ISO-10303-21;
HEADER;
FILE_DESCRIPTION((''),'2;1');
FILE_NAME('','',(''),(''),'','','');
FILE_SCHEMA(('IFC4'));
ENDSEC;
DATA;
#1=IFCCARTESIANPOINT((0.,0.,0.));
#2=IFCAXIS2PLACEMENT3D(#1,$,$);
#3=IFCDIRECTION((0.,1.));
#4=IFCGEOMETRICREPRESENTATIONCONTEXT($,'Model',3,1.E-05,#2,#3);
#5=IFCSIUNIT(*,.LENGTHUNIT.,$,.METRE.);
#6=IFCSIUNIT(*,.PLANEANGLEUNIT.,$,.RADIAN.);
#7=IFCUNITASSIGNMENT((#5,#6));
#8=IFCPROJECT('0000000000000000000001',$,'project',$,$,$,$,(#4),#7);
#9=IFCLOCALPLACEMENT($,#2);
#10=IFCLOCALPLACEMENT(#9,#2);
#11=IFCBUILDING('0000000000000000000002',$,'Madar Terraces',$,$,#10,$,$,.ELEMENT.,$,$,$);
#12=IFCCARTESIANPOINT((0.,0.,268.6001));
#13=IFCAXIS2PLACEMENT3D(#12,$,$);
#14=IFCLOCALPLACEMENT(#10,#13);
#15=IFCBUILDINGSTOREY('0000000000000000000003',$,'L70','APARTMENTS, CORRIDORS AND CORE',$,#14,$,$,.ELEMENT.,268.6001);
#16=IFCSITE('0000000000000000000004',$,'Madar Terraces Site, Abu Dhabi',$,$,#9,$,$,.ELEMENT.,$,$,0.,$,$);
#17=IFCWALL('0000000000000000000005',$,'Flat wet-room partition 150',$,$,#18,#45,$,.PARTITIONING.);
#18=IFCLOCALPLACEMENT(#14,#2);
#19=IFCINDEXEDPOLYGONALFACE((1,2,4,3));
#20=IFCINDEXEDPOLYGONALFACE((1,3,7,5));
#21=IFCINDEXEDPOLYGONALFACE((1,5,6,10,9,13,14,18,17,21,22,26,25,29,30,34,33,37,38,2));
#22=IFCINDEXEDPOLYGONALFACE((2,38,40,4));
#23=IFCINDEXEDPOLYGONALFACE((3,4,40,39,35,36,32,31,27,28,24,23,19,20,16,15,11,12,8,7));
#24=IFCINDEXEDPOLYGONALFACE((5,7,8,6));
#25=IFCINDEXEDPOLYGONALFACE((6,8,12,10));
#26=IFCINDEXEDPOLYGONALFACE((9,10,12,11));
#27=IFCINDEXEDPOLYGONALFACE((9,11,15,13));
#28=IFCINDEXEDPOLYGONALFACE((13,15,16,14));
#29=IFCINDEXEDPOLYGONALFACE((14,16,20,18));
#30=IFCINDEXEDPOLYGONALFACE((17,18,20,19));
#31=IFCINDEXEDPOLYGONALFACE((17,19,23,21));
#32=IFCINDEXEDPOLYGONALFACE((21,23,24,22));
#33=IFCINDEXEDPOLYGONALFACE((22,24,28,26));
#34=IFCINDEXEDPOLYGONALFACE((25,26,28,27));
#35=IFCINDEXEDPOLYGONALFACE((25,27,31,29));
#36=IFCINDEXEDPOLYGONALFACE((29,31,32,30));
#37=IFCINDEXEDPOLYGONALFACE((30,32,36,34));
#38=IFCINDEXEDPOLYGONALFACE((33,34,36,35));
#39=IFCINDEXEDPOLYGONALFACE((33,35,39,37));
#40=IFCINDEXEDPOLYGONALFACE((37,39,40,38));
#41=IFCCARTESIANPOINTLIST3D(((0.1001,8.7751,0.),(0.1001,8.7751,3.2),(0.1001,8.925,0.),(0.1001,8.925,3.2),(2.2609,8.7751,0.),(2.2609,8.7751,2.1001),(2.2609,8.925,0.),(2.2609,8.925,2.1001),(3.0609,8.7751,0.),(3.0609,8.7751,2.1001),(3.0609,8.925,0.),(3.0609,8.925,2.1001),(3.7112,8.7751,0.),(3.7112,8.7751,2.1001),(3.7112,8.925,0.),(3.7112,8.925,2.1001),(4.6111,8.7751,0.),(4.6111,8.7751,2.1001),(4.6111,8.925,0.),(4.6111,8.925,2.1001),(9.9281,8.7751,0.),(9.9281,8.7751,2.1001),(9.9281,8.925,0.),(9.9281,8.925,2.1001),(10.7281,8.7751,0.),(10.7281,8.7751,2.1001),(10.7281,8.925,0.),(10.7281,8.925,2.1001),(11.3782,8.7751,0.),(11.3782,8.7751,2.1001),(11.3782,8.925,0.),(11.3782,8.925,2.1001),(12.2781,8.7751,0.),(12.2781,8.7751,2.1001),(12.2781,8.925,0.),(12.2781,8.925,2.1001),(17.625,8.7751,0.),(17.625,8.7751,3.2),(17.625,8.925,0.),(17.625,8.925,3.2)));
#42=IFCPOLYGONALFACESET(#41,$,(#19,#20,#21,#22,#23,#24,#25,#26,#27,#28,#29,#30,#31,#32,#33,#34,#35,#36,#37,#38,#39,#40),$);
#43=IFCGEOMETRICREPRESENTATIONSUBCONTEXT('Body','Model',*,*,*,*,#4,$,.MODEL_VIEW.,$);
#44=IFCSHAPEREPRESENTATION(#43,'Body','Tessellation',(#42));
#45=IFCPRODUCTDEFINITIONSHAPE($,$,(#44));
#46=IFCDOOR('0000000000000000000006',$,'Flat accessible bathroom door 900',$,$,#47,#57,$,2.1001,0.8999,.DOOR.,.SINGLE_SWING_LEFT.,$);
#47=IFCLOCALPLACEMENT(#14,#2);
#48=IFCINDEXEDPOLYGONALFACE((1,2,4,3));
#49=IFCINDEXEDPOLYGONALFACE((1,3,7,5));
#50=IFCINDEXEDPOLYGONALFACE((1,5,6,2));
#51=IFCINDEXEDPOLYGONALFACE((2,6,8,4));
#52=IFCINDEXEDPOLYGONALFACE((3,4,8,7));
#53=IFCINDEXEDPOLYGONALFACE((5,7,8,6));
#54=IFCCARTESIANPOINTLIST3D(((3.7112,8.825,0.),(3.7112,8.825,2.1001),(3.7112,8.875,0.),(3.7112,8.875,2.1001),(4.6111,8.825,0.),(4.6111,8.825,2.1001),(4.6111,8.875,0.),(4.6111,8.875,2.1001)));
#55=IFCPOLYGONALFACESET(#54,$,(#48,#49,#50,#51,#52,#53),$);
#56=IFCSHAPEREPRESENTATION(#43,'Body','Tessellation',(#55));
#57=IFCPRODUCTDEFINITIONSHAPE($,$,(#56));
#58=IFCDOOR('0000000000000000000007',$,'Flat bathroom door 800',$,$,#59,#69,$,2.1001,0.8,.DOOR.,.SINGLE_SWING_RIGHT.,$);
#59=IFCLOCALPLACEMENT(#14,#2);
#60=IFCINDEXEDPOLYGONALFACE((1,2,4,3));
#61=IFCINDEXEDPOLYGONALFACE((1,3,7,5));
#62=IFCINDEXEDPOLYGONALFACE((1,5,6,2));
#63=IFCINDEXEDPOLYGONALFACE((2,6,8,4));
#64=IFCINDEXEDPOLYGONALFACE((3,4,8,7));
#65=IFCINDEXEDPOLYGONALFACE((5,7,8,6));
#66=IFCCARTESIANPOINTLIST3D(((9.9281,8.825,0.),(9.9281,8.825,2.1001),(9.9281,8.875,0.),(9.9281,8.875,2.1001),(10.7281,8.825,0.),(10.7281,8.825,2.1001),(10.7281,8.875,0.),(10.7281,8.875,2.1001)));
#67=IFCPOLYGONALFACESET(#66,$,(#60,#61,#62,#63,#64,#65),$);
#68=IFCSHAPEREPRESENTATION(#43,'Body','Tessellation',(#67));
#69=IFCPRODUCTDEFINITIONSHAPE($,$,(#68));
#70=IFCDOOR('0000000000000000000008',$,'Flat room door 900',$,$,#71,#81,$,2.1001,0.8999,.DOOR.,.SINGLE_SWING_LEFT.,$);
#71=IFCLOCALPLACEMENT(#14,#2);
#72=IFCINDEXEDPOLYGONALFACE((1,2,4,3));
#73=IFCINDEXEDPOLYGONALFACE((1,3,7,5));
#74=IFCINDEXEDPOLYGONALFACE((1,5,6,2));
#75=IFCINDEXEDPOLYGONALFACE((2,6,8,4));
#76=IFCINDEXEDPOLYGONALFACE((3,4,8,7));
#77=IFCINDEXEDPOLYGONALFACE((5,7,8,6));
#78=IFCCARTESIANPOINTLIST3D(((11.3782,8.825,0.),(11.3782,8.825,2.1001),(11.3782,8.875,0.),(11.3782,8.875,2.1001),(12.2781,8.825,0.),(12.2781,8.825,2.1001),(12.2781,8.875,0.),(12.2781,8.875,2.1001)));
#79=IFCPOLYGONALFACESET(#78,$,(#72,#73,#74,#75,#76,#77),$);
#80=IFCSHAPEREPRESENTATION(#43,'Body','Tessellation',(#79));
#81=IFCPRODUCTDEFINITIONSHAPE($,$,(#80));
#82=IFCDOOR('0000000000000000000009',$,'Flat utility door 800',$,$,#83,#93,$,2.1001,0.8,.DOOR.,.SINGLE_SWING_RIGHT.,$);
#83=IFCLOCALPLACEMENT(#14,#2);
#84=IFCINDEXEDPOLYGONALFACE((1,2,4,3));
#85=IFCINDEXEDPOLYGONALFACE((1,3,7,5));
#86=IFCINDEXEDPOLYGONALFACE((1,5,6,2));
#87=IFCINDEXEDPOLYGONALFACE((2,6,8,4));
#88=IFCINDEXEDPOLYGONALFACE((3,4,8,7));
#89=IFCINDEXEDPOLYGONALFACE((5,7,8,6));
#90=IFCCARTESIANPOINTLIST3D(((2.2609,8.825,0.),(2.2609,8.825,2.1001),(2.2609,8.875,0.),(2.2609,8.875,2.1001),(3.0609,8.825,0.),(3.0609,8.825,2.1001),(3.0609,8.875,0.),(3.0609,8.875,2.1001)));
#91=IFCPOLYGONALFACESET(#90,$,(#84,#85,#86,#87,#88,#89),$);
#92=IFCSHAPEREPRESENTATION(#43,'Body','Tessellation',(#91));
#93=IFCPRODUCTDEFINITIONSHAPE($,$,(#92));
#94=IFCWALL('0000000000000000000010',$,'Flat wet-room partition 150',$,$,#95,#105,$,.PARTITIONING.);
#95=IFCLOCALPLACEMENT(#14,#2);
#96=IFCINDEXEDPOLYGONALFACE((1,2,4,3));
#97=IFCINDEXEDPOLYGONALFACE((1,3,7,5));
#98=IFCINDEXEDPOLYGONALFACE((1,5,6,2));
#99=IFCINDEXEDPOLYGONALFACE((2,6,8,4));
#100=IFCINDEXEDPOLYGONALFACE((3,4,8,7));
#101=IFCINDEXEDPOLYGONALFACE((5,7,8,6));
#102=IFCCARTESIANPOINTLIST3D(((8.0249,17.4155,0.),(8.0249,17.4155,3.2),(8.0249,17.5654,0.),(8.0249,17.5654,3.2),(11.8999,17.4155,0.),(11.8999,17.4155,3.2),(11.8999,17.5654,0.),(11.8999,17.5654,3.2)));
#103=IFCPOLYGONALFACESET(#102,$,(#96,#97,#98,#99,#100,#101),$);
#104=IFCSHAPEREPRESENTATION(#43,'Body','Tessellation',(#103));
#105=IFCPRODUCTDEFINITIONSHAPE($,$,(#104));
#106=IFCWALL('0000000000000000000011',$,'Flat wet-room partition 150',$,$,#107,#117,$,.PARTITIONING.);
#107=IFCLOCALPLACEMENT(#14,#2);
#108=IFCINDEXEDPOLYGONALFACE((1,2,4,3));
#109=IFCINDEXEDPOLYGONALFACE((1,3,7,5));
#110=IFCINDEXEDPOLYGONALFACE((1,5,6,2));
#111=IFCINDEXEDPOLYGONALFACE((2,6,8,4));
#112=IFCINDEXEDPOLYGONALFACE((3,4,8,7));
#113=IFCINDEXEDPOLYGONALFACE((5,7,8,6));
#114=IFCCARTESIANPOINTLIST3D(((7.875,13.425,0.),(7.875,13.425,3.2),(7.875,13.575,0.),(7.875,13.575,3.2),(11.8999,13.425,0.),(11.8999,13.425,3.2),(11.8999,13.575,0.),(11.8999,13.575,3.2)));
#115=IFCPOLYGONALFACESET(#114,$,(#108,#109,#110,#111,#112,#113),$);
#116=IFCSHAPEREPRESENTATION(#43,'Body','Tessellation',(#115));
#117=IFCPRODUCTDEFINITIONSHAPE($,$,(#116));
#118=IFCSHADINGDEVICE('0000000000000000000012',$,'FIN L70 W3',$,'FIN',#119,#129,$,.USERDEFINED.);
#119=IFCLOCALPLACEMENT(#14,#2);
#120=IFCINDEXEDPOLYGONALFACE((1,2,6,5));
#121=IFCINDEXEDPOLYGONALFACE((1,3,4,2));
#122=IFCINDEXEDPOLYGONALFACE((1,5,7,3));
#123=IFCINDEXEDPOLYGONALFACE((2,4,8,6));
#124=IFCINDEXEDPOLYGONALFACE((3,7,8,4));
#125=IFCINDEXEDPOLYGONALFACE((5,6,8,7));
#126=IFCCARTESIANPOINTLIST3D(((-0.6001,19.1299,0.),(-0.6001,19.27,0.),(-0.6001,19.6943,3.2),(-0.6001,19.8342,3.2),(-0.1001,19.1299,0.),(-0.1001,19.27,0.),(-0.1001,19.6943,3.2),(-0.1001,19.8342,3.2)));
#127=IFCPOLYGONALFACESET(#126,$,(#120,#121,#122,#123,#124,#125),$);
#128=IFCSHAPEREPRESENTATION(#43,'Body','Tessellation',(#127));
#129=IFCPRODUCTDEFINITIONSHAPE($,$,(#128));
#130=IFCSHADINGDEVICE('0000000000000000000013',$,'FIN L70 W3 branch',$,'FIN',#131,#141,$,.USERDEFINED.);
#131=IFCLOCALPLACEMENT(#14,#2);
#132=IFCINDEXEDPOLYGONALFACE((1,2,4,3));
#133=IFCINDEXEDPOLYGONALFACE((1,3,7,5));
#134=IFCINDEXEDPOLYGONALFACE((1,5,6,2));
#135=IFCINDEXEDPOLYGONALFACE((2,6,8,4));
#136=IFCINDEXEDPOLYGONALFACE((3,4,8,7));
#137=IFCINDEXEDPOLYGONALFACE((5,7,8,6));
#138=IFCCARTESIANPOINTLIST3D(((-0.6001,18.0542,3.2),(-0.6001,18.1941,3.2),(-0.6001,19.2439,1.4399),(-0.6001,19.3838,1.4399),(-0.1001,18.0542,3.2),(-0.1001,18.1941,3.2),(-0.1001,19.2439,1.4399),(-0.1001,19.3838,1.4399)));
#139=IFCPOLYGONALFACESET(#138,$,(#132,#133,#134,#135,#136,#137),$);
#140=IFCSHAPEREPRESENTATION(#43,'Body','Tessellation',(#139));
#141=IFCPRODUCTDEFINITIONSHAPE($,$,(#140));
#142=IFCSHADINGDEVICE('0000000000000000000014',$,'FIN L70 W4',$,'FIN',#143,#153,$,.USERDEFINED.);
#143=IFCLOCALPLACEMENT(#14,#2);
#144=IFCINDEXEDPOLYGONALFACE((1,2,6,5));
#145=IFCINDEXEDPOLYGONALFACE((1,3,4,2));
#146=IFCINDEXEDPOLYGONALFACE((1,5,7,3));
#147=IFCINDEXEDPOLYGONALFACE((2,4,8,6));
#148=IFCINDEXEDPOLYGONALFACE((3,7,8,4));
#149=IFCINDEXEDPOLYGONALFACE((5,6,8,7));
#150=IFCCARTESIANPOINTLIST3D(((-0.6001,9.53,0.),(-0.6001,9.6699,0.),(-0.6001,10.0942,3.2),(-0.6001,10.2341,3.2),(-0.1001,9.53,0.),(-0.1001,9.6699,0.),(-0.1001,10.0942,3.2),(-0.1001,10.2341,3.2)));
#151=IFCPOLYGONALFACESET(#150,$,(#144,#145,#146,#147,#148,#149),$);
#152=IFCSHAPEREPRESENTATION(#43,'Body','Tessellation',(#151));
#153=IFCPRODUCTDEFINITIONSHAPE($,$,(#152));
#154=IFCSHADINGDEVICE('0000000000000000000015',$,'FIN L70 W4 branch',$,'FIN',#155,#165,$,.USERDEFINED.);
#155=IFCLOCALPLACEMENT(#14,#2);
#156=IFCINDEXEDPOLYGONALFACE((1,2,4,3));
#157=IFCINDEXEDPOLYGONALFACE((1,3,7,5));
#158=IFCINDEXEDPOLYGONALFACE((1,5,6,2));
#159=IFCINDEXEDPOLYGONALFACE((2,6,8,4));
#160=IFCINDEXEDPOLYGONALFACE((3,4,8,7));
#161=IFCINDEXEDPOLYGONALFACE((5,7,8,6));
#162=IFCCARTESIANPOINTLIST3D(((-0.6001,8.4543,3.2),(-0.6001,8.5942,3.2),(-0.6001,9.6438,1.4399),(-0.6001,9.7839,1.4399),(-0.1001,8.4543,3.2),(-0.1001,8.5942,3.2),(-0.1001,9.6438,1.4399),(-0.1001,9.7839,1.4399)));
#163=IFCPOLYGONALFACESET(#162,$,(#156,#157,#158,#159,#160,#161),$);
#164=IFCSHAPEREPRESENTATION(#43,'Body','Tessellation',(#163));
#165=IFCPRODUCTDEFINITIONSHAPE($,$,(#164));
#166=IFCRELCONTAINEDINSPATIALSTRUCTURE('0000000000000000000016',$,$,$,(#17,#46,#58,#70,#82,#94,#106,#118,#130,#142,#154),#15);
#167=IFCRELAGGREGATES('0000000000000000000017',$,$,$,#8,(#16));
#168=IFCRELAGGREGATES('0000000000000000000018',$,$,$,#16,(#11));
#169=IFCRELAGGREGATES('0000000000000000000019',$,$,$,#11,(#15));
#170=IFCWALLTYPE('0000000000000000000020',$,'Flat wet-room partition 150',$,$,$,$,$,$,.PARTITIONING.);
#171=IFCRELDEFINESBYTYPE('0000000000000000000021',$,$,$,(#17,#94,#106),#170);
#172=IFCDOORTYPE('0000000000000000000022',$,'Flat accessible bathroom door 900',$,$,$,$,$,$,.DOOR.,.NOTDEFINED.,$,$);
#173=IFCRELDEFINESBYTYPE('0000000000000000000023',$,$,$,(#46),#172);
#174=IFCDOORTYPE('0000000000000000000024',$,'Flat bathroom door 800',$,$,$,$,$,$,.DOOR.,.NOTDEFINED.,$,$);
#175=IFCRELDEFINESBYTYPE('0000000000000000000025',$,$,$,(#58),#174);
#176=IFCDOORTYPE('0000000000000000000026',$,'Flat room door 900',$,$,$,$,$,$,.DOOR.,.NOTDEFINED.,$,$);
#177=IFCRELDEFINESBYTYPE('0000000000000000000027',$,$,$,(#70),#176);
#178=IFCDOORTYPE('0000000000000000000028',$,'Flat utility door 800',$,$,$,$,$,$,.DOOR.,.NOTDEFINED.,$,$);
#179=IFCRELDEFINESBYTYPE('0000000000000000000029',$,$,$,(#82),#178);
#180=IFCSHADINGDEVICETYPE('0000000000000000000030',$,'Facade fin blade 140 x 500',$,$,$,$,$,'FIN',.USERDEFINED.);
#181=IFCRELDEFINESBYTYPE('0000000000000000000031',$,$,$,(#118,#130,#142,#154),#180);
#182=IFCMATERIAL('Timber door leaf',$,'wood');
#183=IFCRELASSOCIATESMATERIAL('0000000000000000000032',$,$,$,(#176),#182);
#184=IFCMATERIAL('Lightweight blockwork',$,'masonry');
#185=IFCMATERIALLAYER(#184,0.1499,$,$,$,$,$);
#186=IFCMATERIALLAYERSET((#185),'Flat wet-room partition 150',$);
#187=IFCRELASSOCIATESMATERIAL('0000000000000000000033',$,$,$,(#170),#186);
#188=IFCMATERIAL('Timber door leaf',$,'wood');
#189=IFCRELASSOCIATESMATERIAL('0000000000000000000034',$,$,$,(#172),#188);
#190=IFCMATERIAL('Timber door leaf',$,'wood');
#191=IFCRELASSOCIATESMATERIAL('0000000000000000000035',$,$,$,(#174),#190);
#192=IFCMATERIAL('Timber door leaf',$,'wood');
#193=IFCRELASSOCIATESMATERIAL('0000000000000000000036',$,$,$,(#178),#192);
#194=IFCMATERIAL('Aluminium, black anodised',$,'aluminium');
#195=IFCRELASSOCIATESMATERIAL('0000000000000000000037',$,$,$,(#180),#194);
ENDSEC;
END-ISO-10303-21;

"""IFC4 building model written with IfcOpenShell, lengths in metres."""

from ifc_helpers import new_model, si_unit, direction, frame, frame_2d, origin, place, context, subcontext, project, spatial, polyline, rectangle, outline, extrude, material, layer, layer_set, type_object, element, fill, save


model = new_model("IFC4")

# Units and contexts
model_context = context("Model", 3, precision=1e-05, world=origin(), true_north=direction((0.0, 1.0)))
body_context = subcontext(model_context, "Body", "Model", "MODEL_VIEW")
ifc_project = project(units=[si_unit("LENGTHUNIT", "METRE"), si_unit("PLANEANGLEUNIT", "RADIAN")], contexts=[model_context])

# Site, building, storey
site_placement = place(None, origin())
site = spatial("IfcSite", under=ifc_project, at=site_placement, Name="Madar Terraces Site, Abu Dhabi", CompositionType="ELEMENT", RefElevation=0.0)
building_placement = place(site_placement, origin())
building = spatial("IfcBuilding", under=site, at=building_placement, Name="Madar Terraces", CompositionType="ELEMENT")
storey_placement = place(building_placement, frame((0.0, 0.0, 268.6001)))
storey = spatial("IfcBuildingStorey", under=building, at=storey_placement, Name="L70", Description="APARTMENTS, CORRIDORS AND CORE", CompositionType="ELEMENT", Elevation=268.6001)

# Shared definitions
ifc_material_1 = material(Name="Timber door leaf", Category="wood")
door_type_1 = type_object("IfcDoorType", Name="Flat room door 900", OperationType="NOTDEFINED", PredefinedType="DOOR", material=ifc_material_1)

# Shared definitions
ifc_material_2 = material(Name="Lightweight blockwork", Category="masonry")
ifc_layer_1 = layer(ifc_material_2, 0.1499)
ifc_layer_set_1 = layer_set([ifc_layer_1], Name="Flat wet-room partition 150")
wall_type_1 = type_object("IfcWallType", Name="Flat wet-room partition 150", PredefinedType="PARTITIONING", material=ifc_layer_set_1)

# Wall, openings, doors
wall_1_placement = place(storey_placement, frame((0.1001, 8.8501, 0.0), z_axis=(0.0, 0.0, 1.0), x_axis=(1.0, 0.0, 0.0)))
wall_1 = element("IfcWall", 1, at=wall_1_placement, inside=storey, type_object=wall_type_1, Name="Flat wet-room partition 150", PredefinedType="PARTITIONING", context=body_context, shape_type="SweptSolid", body=[
    extrude(rectangle(XDim=17.5249, YDim=0.1499, at=frame_2d((8.7625, 0.0))), origin(), (0.0, 0.0, 1.0), 3.2),
])
opening_1_placement = place(wall_1_placement, frame((11.2781, 0.0, 0.0)))
opening_1 = element("IfcOpeningElement", 2, at=opening_1_placement, cuts=wall_1, PredefinedType="OPENING", context=body_context, shape_type="SweptSolid", body=[
    extrude(rectangle(XDim=0.8999, YDim=2.1001, at=frame_2d((0.45, 1.05))), frame((0.0, 0.085, 0.0), z_axis=(0.0, -1.0, 0.0), x_axis=(1.0, 0.0, 0.0)), (0.0, 0.0, 1.0), 0.1699),
])
opening_2_placement = place(wall_1_placement, frame((9.8281, 0.0, 0.0)))
opening_2 = element("IfcOpeningElement", 3, at=opening_2_placement, cuts=wall_1, PredefinedType="OPENING", context=body_context, shape_type="SweptSolid", body=[
    extrude(rectangle(XDim=0.8, YDim=2.1001, at=frame_2d((0.3999, 1.05))), frame((0.0, 0.085, 0.0), z_axis=(0.0, -1.0, 0.0), x_axis=(1.0, 0.0, 0.0)), (0.0, 0.0, 1.0), 0.1699),
])
opening_3_placement = place(wall_1_placement, frame((3.6111, 0.0, 0.0)))
opening_3 = element("IfcOpeningElement", 4, at=opening_3_placement, cuts=wall_1, PredefinedType="OPENING", context=body_context, shape_type="SweptSolid", body=[
    extrude(rectangle(XDim=0.8999, YDim=2.1001, at=frame_2d((0.45, 1.05))), frame((0.0, 0.085, 0.0), z_axis=(0.0, -1.0, 0.0), x_axis=(1.0, 0.0, 0.0)), (0.0, 0.0, 1.0), 0.1699),
])
opening_4_placement = place(wall_1_placement, frame((2.1609, 0.0, 0.0)))
opening_4 = element("IfcOpeningElement", 5, at=opening_4_placement, cuts=wall_1, PredefinedType="OPENING", context=body_context, shape_type="SweptSolid", body=[
    extrude(rectangle(XDim=0.8, YDim=2.1001, at=frame_2d((0.3999, 1.05))), frame((0.0, 0.085, 0.0), z_axis=(0.0, -1.0, 0.0), x_axis=(1.0, 0.0, 0.0)), (0.0, 0.0, 1.0), 0.1699),
])
ifc_material_3 = material(Name="Timber door leaf", Category="wood")
door_type_2 = type_object("IfcDoorType", Name="Flat accessible bathroom door 900", OperationType="NOTDEFINED", PredefinedType="DOOR", material=ifc_material_3)
door_1_placement = place(opening_3_placement, origin())
door_1 = element("IfcDoor", 6, at=door_1_placement, inside=storey, type_object=door_type_2, Name="Flat accessible bathroom door 900", OperationType="SINGLE_SWING_LEFT", OverallHeight=2.1001, OverallWidth=0.8999, PredefinedType="DOOR", context=body_context, shape_type="SweptSolid", body=[
    extrude(rectangle(XDim=0.8999, YDim=2.1001, at=frame_2d((0.45, 1.05))), frame((0.0, 0.0249, 0.0), z_axis=(0.0, -1.0, 0.0), x_axis=(1.0, 0.0, 0.0)), (0.0, 0.0, 1.0), 0.05),
])
fill(opening_3, door_1)
ifc_material_4 = material(Name="Timber door leaf", Category="wood")
door_type_3 = type_object("IfcDoorType", Name="Flat bathroom door 800", OperationType="NOTDEFINED", PredefinedType="DOOR", material=ifc_material_4)
door_2_placement = place(opening_2_placement, origin())
door_2 = element("IfcDoor", 7, at=door_2_placement, inside=storey, type_object=door_type_3, Name="Flat bathroom door 800", OperationType="SINGLE_SWING_RIGHT", OverallHeight=2.1001, OverallWidth=0.8, PredefinedType="DOOR", context=body_context, shape_type="SweptSolid", body=[
    extrude(rectangle(XDim=0.8, YDim=2.1001, at=frame_2d((0.3999, 1.05))), frame((0.0, 0.0249, 0.0), z_axis=(0.0, -1.0, 0.0), x_axis=(1.0, 0.0, 0.0)), (0.0, 0.0, 1.0), 0.05),
])
fill(opening_2, door_2)
door_3_placement = place(opening_1_placement, origin())
door_3 = element("IfcDoor", 8, at=door_3_placement, inside=storey, type_object=door_type_1, Name="Flat room door 900", OperationType="SINGLE_SWING_LEFT", OverallHeight=2.1001, OverallWidth=0.8999, PredefinedType="DOOR", context=body_context, shape_type="SweptSolid", body=[
    extrude(rectangle(XDim=0.8999, YDim=2.1001, at=frame_2d((0.45, 1.05))), frame((0.0, 0.0249, 0.0), z_axis=(0.0, -1.0, 0.0), x_axis=(1.0, 0.0, 0.0)), (0.0, 0.0, 1.0), 0.05),
])
fill(opening_1, door_3)
ifc_material_5 = material(Name="Timber door leaf", Category="wood")
door_type_4 = type_object("IfcDoorType", Name="Flat utility door 800", OperationType="NOTDEFINED", PredefinedType="DOOR", material=ifc_material_5)
door_4_placement = place(opening_4_placement, origin())
door_4 = element("IfcDoor", 9, at=door_4_placement, inside=storey, type_object=door_type_4, Name="Flat utility door 800", OperationType="SINGLE_SWING_RIGHT", OverallHeight=2.1001, OverallWidth=0.8, PredefinedType="DOOR", context=body_context, shape_type="SweptSolid", body=[
    extrude(rectangle(XDim=0.8, YDim=2.1001, at=frame_2d((0.3999, 1.05))), frame((0.0, 0.0249, 0.0), z_axis=(0.0, -1.0, 0.0), x_axis=(1.0, 0.0, 0.0)), (0.0, 0.0, 1.0), 0.05),
])
fill(opening_4, door_4)

# Walls
wall_2_placement = place(storey_placement, frame((11.8999, 17.4905, 0.0), z_axis=(0.0, 0.0, 1.0), x_axis=(-1.0, 0.0, 0.0)))
element("IfcWall", 10, at=wall_2_placement, inside=storey, type_object=wall_type_1, Name="Flat wet-room partition 150", PredefinedType="PARTITIONING", context=body_context, shape_type="SweptSolid", body=[
    extrude(rectangle(XDim=3.875, YDim=0.1499, at=frame_2d((1.9375, 0.0))), origin(), (0.0, 0.0, 1.0), 3.2),
])
wall_3_placement = place(storey_placement, frame((11.8999, 13.5, 0.0), z_axis=(0.0, 0.0, 1.0), x_axis=(-1.0, 0.0, 0.0)))
element("IfcWall", 11, at=wall_3_placement, inside=storey, type_object=wall_type_1, Name="Flat wet-room partition 150", PredefinedType="PARTITIONING", context=body_context, shape_type="SweptSolid", body=[
    extrude(rectangle(XDim=4.0249, YDim=0.1499, at=frame_2d((2.0125, 0.0))), origin(), (0.0, 0.0, 1.0), 3.2),
])

# Shading devices
ifc_material_6 = material(Name="Aluminium, black anodised", Category="aluminium")
shading_device_type = type_object("IfcShadingDeviceType", Name="Facade fin blade 140 x 500", ElementType="FIN", PredefinedType="USERDEFINED", material=ifc_material_6)
shading_device_1_placement = place(storey_placement, frame((-0.3501, 19.27, 0.0), z_axis=(0.0, 0.0, 1.0), x_axis=(0.0, -1.0, 0.0)))
element("IfcShadingDevice", 12, at=shading_device_1_placement, inside=storey, type_object=shading_device_type, Name="FIN L70 W3", ObjectType="FIN", PredefinedType="USERDEFINED", context=body_context, shape_type="SweptSolid", body=[
    extrude(outline(polyline([(0.0, 0.0), (0.1401, 0.0), (-0.4243, 3.2), (-0.5642, 3.2), (0.0, 0.0)])), frame((0.0, 0.25, 0.0), z_axis=(0.0, -1.0, 0.0), x_axis=(1.0, 0.0, 0.0)), (0.0, 0.0, 1.0), 0.5),
])
shading_device_2_placement = place(storey_placement, frame((-0.3501, 19.3838, 1.4399), z_axis=(0.0, 0.0, 1.0), x_axis=(0.0, -1.0, 0.0)))
element("IfcShadingDevice", 13, at=shading_device_2_placement, inside=storey, type_object=shading_device_type, Name="FIN L70 W3 branch", ObjectType="FIN", PredefinedType="USERDEFINED", context=body_context, shape_type="SweptSolid", body=[
    extrude(outline(polyline([(0.0, 0.0), (0.1399, 0.0), (1.3296, 1.76), (1.1897, 1.76), (0.0, 0.0)])), frame((0.0, 0.25, 0.0), z_axis=(0.0, -1.0, 0.0), x_axis=(1.0, 0.0, 0.0)), (0.0, 0.0, 1.0), 0.5),
])
shading_device_3_placement = place(storey_placement, frame((-0.3501, 9.6699, 0.0), z_axis=(0.0, 0.0, 1.0), x_axis=(0.0, -1.0, 0.0)))
element("IfcShadingDevice", 14, at=shading_device_3_placement, inside=storey, type_object=shading_device_type, Name="FIN L70 W4", ObjectType="FIN", PredefinedType="USERDEFINED", context=body_context, shape_type="SweptSolid", body=[
    extrude(outline(polyline([(0.0, 0.0), (0.1399, 0.0), (-0.4243, 3.2), (-0.5642, 3.2), (0.0, 0.0)])), frame((0.0, 0.25, 0.0), z_axis=(0.0, -1.0, 0.0), x_axis=(1.0, 0.0, 0.0)), (0.0, 0.0, 1.0), 0.5),
])
shading_device_4_placement = place(storey_placement, frame((-0.3501, 9.7839, 1.4399), z_axis=(0.0, 0.0, 1.0), x_axis=(0.0, -1.0, 0.0)))
element("IfcShadingDevice", 15, at=shading_device_4_placement, inside=storey, type_object=shading_device_type, Name="FIN L70 W4 branch", ObjectType="FIN", PredefinedType="USERDEFINED", context=body_context, shape_type="SweptSolid", body=[
    extrude(outline(polyline([(0.0, 0.0), (0.1401, 0.0), (1.3296, 1.76), (1.1897, 1.76), (0.0, 0.0)])), frame((0.0, 0.25, 0.0), z_axis=(0.0, -1.0, 0.0), x_axis=(1.0, 0.0, 0.0)), (0.0, 0.0, 1.0), 0.5),
])

save(model, "model.ifc")
